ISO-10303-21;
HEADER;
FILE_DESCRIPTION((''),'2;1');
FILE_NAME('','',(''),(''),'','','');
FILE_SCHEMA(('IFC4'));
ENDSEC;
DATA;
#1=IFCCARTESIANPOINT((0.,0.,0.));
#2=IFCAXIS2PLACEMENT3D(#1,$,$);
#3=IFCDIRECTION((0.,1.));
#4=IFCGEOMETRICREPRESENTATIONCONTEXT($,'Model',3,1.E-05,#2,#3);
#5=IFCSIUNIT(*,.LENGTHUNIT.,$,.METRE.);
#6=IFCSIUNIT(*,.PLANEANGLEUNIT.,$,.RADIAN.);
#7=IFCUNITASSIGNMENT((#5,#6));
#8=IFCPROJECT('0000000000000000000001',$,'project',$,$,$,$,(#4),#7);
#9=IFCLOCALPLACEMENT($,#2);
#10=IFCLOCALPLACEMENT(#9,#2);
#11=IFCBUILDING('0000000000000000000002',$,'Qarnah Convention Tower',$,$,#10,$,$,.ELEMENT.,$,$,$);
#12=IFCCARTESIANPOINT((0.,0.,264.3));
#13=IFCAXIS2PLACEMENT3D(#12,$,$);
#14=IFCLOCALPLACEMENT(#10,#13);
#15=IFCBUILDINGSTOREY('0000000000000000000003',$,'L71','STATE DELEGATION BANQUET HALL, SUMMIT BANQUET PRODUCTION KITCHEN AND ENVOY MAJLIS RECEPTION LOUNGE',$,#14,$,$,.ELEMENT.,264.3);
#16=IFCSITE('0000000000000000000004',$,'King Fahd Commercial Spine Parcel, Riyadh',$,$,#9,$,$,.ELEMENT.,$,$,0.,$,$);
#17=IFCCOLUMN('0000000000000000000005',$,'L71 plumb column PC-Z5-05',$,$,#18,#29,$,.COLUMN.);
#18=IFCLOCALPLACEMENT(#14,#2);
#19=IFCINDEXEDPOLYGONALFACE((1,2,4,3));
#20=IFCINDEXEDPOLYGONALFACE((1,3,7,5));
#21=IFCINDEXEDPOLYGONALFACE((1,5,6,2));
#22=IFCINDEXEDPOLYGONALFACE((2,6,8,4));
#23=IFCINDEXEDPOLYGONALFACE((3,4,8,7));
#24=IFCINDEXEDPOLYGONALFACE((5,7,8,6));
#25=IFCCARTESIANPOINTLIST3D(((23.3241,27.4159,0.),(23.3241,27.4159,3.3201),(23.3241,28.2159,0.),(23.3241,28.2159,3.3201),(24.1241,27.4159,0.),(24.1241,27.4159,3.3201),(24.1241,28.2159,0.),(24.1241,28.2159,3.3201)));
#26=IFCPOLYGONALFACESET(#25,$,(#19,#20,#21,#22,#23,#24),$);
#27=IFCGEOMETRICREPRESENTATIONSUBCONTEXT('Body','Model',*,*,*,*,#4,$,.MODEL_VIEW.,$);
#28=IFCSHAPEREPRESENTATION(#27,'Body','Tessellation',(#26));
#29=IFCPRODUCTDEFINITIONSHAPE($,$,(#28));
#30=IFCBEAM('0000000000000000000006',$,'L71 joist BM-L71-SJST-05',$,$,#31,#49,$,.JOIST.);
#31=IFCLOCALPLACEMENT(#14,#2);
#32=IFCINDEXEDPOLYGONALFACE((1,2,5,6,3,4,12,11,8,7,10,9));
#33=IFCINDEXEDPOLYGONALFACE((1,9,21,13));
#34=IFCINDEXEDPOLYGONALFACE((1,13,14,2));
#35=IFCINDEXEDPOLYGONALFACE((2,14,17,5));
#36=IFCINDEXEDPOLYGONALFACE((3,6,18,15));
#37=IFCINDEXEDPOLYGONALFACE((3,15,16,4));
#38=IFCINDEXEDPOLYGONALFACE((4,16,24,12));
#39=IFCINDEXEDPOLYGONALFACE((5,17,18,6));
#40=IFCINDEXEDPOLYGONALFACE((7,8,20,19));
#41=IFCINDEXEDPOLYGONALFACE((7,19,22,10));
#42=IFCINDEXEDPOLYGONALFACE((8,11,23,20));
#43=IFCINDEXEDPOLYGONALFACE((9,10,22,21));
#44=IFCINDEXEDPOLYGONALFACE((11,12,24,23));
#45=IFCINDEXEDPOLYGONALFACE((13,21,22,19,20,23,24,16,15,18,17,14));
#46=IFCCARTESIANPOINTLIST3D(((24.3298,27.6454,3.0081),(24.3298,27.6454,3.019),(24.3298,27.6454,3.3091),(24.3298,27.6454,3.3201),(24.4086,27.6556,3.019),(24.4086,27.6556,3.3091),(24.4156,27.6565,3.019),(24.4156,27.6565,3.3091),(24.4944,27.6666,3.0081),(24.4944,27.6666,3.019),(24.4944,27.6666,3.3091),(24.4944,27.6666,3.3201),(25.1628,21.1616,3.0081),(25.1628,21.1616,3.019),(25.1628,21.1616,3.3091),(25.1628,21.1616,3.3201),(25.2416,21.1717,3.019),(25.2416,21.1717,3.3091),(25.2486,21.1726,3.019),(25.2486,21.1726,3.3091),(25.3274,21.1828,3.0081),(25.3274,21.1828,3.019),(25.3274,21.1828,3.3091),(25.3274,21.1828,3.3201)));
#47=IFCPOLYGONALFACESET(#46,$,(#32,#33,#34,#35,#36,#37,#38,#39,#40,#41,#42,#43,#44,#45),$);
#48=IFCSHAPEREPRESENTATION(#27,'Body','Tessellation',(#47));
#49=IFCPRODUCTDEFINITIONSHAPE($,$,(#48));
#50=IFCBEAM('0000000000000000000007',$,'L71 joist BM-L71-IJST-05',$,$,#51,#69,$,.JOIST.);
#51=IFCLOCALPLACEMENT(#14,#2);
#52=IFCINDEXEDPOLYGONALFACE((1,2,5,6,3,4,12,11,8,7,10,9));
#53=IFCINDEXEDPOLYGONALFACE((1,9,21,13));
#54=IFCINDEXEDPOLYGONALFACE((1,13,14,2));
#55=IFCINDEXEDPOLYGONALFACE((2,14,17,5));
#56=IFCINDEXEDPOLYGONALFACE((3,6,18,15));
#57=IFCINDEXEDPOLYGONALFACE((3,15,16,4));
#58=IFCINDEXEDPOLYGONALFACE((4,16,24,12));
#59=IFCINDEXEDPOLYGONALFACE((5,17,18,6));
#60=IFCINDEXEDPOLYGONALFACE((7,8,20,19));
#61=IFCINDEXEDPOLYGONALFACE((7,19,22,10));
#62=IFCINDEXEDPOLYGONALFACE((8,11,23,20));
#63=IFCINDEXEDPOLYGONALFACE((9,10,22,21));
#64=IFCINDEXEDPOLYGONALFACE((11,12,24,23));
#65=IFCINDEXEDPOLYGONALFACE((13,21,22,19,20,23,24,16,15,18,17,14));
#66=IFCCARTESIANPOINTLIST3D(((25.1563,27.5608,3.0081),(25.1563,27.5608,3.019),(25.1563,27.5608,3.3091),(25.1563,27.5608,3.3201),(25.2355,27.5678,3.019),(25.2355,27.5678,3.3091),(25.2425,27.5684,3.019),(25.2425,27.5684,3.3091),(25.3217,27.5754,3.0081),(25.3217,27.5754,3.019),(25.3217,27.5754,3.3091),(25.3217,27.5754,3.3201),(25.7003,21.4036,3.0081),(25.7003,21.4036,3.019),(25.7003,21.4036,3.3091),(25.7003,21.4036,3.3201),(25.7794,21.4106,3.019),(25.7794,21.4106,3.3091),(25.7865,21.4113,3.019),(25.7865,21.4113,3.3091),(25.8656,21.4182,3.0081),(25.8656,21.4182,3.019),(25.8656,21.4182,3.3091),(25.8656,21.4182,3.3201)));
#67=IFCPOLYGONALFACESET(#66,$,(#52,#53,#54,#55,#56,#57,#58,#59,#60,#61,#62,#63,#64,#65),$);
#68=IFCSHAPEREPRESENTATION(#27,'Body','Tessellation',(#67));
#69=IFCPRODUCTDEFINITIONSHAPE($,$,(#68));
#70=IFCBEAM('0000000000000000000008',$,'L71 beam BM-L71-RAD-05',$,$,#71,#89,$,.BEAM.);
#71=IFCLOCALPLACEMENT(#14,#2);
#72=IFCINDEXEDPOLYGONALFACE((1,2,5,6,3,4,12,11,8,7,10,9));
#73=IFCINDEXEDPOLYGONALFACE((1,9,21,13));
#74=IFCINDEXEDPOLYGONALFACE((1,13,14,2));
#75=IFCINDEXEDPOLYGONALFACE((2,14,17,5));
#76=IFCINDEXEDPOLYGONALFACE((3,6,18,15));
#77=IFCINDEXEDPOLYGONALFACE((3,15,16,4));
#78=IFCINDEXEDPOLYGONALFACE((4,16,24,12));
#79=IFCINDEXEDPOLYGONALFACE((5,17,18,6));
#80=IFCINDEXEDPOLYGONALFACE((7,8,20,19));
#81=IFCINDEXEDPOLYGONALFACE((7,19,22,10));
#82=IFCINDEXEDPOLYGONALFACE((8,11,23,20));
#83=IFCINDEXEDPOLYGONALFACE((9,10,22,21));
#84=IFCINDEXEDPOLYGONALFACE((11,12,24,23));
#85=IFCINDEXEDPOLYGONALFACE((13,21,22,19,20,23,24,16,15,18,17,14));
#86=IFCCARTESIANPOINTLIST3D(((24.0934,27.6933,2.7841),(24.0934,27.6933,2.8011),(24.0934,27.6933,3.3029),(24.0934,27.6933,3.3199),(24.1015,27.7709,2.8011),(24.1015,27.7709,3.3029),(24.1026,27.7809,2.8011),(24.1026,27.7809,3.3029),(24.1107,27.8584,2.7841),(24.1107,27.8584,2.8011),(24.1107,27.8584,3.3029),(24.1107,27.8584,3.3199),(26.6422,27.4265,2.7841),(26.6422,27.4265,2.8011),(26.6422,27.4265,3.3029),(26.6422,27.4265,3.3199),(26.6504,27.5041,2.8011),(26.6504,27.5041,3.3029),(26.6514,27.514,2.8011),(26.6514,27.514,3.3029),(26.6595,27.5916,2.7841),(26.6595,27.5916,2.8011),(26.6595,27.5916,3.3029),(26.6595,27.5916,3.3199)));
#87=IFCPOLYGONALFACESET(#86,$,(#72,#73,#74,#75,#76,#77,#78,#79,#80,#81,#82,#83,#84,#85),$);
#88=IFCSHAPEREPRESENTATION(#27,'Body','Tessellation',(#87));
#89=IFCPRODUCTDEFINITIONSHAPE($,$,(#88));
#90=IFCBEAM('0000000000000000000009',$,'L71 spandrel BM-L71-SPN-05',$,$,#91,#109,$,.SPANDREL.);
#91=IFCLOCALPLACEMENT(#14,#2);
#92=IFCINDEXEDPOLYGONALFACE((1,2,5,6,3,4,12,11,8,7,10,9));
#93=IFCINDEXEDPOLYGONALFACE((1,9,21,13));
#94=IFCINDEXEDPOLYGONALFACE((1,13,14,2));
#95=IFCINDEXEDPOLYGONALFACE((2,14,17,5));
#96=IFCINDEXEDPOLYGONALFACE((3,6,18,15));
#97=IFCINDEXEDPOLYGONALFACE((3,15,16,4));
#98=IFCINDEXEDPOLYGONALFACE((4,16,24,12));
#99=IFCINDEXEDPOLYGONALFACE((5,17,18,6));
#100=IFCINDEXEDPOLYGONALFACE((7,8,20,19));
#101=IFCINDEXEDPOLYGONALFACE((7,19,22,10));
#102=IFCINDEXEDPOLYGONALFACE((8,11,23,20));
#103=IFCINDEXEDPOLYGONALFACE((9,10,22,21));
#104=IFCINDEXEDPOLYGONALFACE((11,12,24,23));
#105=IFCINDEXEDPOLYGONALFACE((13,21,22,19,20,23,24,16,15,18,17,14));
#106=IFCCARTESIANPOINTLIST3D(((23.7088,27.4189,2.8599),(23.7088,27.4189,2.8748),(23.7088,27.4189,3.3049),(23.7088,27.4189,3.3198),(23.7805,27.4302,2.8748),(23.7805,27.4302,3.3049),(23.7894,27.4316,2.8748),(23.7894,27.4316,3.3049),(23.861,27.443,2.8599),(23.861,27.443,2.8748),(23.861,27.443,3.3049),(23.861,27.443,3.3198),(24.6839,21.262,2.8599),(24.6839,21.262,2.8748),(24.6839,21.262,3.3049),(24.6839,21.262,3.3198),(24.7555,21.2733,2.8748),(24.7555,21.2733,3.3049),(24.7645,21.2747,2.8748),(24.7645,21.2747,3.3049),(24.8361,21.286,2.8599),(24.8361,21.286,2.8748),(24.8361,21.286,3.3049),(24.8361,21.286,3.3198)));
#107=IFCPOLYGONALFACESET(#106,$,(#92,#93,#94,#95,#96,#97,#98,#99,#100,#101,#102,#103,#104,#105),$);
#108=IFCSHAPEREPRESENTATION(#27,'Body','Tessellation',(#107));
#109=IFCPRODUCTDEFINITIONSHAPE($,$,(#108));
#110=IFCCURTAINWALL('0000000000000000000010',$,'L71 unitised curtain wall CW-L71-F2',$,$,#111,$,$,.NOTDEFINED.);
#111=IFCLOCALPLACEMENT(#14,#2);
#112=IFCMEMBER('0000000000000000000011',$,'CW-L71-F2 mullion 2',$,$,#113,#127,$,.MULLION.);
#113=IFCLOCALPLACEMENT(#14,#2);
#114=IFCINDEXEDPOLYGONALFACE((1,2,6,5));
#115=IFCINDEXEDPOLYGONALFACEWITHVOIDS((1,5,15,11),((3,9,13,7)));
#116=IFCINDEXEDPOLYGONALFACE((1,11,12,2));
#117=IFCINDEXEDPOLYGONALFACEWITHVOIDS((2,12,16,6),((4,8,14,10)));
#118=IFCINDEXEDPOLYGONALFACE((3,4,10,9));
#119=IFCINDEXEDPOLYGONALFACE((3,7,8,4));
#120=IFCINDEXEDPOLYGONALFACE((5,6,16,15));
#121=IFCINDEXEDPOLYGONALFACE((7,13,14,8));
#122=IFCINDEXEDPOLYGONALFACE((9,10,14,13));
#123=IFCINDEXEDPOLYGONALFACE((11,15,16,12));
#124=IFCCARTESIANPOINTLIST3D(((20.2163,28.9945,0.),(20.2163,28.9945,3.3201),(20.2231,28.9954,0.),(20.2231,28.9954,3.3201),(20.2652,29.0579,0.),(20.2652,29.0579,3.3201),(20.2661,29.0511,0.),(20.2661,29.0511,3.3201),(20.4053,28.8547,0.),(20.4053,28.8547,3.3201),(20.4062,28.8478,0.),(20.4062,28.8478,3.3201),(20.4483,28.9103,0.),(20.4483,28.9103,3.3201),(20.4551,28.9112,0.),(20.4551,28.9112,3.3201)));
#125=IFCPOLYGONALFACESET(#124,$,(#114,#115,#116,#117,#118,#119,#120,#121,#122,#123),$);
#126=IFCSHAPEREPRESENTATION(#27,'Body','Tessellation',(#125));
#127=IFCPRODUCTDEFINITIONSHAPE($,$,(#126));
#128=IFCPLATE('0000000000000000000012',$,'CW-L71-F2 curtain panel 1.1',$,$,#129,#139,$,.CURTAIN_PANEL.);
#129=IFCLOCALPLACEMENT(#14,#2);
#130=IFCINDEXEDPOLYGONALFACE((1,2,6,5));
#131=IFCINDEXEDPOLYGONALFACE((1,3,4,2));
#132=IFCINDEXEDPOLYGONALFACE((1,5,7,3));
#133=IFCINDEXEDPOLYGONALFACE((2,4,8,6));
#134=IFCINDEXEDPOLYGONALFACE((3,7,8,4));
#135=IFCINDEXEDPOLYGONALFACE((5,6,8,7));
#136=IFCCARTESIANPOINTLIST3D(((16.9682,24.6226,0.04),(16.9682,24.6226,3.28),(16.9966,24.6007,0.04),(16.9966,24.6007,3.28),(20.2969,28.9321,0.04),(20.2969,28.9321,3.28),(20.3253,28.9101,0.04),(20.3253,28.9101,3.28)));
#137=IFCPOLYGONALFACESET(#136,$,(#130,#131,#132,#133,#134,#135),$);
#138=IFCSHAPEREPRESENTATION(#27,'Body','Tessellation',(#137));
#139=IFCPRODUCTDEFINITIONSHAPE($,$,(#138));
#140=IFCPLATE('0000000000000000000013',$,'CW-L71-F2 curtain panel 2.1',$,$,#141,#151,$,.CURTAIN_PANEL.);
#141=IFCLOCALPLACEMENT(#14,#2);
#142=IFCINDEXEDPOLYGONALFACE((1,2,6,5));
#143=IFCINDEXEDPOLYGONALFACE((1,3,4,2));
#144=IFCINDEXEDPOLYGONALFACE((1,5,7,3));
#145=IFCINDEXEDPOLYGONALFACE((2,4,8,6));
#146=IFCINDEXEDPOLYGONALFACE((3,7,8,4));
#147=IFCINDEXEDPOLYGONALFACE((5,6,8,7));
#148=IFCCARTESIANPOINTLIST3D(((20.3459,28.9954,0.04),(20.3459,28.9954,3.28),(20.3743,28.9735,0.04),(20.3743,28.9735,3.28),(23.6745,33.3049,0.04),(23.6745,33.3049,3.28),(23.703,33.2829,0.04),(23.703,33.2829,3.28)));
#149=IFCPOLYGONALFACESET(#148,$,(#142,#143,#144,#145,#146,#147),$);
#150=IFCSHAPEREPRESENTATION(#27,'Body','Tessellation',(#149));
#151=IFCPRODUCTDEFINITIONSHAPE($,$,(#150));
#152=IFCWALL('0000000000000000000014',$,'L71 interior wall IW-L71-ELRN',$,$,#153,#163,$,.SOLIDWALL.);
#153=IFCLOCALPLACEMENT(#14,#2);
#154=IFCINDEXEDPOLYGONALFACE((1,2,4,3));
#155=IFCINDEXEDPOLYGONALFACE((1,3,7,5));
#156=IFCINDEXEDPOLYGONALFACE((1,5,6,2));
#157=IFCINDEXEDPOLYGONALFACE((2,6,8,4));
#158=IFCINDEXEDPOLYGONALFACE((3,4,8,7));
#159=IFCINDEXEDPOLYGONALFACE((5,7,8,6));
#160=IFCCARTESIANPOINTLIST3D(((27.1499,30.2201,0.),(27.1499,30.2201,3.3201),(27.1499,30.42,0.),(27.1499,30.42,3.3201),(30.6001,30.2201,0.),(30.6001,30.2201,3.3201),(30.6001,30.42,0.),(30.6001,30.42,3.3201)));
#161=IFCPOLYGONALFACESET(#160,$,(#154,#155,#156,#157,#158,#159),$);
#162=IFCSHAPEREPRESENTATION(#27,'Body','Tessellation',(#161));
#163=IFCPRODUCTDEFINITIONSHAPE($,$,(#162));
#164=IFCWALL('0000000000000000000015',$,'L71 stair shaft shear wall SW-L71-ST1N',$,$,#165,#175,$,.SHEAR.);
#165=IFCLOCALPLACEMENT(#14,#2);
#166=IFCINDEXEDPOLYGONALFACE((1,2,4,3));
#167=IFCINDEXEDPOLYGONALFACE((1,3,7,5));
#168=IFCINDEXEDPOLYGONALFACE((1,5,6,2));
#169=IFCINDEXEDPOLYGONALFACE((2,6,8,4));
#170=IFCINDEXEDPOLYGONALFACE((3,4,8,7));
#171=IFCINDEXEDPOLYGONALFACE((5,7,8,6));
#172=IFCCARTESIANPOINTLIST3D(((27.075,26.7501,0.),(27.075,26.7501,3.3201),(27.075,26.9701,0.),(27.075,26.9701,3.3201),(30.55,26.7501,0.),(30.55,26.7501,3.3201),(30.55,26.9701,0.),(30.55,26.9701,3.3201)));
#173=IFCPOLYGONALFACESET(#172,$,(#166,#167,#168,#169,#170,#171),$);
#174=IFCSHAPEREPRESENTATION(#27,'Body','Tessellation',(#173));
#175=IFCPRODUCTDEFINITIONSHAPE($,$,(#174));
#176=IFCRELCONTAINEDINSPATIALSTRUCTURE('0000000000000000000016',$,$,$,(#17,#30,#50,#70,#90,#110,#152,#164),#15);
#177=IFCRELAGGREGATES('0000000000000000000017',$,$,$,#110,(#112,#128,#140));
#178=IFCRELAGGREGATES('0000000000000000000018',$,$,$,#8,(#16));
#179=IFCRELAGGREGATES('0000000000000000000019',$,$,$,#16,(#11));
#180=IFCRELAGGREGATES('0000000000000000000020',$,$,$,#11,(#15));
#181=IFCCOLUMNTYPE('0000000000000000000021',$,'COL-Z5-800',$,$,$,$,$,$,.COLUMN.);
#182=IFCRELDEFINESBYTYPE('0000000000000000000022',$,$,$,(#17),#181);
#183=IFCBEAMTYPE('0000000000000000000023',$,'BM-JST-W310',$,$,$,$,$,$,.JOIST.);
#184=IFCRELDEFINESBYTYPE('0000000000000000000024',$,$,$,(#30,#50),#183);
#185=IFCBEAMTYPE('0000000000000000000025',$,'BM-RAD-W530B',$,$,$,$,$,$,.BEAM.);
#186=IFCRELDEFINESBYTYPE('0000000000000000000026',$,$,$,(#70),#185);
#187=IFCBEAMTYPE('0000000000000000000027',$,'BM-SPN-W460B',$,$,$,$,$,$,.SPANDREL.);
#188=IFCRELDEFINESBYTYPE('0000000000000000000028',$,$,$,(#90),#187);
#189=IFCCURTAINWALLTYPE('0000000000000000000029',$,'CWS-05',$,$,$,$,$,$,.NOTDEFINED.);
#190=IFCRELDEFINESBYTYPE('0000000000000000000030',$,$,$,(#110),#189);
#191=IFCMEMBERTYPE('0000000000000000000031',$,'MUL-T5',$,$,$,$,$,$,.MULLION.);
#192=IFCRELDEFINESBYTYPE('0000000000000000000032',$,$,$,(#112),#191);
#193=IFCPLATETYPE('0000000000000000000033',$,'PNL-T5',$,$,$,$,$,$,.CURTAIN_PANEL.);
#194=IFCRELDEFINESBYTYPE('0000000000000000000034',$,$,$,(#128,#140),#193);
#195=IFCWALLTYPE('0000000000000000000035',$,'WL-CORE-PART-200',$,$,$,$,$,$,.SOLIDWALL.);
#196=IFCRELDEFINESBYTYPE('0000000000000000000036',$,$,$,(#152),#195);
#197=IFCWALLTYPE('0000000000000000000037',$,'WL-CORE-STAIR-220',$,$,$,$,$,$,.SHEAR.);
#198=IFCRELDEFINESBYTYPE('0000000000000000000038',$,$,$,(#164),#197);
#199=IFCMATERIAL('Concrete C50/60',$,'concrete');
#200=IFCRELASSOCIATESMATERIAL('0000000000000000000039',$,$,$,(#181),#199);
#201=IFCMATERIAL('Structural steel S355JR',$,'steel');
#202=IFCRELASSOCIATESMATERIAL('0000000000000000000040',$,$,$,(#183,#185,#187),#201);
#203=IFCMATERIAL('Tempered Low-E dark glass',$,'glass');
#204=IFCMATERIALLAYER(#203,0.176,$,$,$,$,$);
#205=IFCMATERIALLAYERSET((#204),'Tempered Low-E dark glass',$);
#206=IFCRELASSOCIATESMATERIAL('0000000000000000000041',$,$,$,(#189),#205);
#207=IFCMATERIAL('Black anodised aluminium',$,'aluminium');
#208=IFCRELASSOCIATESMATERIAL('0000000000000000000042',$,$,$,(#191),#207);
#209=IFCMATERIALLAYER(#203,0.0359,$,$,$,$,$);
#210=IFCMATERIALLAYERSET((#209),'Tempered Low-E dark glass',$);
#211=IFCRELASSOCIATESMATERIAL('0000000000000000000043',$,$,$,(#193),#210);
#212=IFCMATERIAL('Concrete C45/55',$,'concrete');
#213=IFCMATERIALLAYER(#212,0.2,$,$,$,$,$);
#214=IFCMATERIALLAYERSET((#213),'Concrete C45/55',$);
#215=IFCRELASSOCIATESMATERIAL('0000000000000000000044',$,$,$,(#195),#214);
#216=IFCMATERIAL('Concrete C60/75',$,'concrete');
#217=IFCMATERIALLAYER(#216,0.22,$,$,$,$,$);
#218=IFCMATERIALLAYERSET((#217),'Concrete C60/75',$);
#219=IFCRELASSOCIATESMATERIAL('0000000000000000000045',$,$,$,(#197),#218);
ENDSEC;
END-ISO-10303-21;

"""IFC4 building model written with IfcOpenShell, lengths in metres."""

from ifc_helpers import new_model, si_unit, direction, frame, frame_2d, origin, origin_2d, place, context, subcontext, project, spatial, rectangle, hollow_rectangle, i_section, extrude, material, layer, layer_set, material_profile, profile_set, type_object, element, aggregate, save


model = new_model("IFC4")

# Units and contexts
model_context = context("Model", 3, precision=1e-05, world=origin(), true_north=direction((0.0, 1.0)))
body_context = subcontext(model_context, "Body", "Model", "MODEL_VIEW")
ifc_project = project(units=[si_unit("LENGTHUNIT", "METRE"), si_unit("PLANEANGLEUNIT", "RADIAN")], contexts=[model_context])

# Site, building, storey
site_placement = place(None, origin())
site = spatial("IfcSite", under=ifc_project, at=site_placement, Name="King Fahd Commercial Spine Parcel, Riyadh", CompositionType="ELEMENT", RefElevation=0.0)
building_placement = place(site_placement, origin())
building = spatial("IfcBuilding", under=site, at=building_placement, Name="Qarnah Convention Tower", CompositionType="ELEMENT")
storey_placement = place(building_placement, frame((0.0, 0.0, 264.3)))
storey = spatial("IfcBuildingStorey", under=building, at=storey_placement, Name="L71", Description="STATE DELEGATION BANQUET HALL, SUMMIT BANQUET PRODUCTION KITCHEN AND ENVOY MAJLIS RECEPTION LOUNGE", CompositionType="ELEMENT", Elevation=264.3)

# Column
ifc_material_1 = material(Name="Concrete C50/60", Category="concrete")
ifc_material_profile_1 = material_profile(ifc_material_1, rectangle(XDim=0.8, YDim=0.8, at=origin_2d()), Name="RC-COL-800X800")
ifc_profile_set_1 = profile_set([ifc_material_profile_1], Name="Concrete C50/60")
column_type = type_object("IfcColumnType", Name="COL-Z5-800", PredefinedType="COLUMN", material=ifc_profile_set_1)
column_placement = place(storey_placement, frame((23.7241, 27.8159, 0.0), z_axis=(0.0, 0.0, 1.0), x_axis=(1.0, 0.0, 0.0)))
element("IfcColumn", 1, at=column_placement, inside=storey, type_object=column_type, Name="L71 plumb column PC-Z5-05", PredefinedType="COLUMN", context=body_context, shape_type="SweptSolid", body=[
    extrude(rectangle(XDim=0.8, YDim=0.8, at=origin_2d()), origin(), (0.0, 0.0, 1.0), 3.3201),
])

# Beams
ifc_material_2 = material(Name="Structural steel S355JR", Category="steel")
ifc_material_profile_2 = material_profile(ifc_material_2, i_section(OverallWidth=0.166, OverallDepth=0.312, WebThickness=0.0071, FlangeThickness=0.011, at=origin_2d()), Name="W310X45")
ifc_profile_set_2 = profile_set([ifc_material_profile_2], Name="Structural steel S355JR")
beam_type_1 = type_object("IfcBeamType", Name="BM-JST-W310", PredefinedType="JOIST", material=ifc_profile_set_2)
beam_1_placement = place(storey_placement, frame((24.4121, 27.656, 3.1641), z_axis=(0.127426, -0.991848, 0.0), x_axis=(0.991848, 0.127426, 0.0)))
element("IfcBeam", 2, at=beam_1_placement, inside=storey, type_object=beam_type_1, Name="L71 joist BM-L71-SJST-05", PredefinedType="JOIST", context=body_context, shape_type="SweptSolid", body=[
    extrude(i_section(OverallWidth=0.166, OverallDepth=0.312, WebThickness=0.0071, FlangeThickness=0.011, at=origin_2d()), origin(), (0.0, 0.0, 1.0), 6.5371),
])
beam_2_placement = place(storey_placement, frame((25.239, 27.5681, 3.1641), z_axis=(0.088, -0.99612, 0.0), x_axis=(0.99612, 0.088, 0.0)))
element("IfcBeam", 3, at=beam_2_placement, inside=storey, type_object=beam_type_1, Name="L71 joist BM-L71-IJST-05", PredefinedType="JOIST", context=body_context, shape_type="SweptSolid", body=[
    extrude(i_section(OverallWidth=0.166, OverallDepth=0.312, WebThickness=0.0071, FlangeThickness=0.011, at=origin_2d()), origin(), (0.0, 0.0, 1.0), 6.1812),
])
ifc_material_profile_3 = material_profile(ifc_material_2, i_section(OverallWidth=0.166, OverallDepth=0.5359, WebThickness=0.01, FlangeThickness=0.0171, at=origin_2d()), Name="W530X85")
ifc_profile_set_3 = profile_set([ifc_material_profile_3], Name="Structural steel S355JR")
beam_type_2 = type_object("IfcBeamType", Name="BM-RAD-W530B", PredefinedType="BEAM", material=ifc_profile_set_3)
beam_3_placement = place(storey_placement, frame((26.6509, 27.509, 3.052), z_axis=(-0.994564, 0.104124, 0.0), x_axis=(-0.104124, -0.994564, 0.0)))
element("IfcBeam", 4, at=beam_3_placement, inside=storey, type_object=beam_type_2, Name="L71 beam BM-L71-RAD-05", PredefinedType="BEAM", context=body_context, shape_type="SweptSolid", body=[
    extrude(i_section(OverallWidth=0.166, OverallDepth=0.5359, WebThickness=0.01, FlangeThickness=0.0171, at=origin_2d()), origin(), (0.0, 0.0, 1.0), 2.5627),
])
ifc_material_profile_4 = material_profile(ifc_material_2, i_section(OverallWidth=0.1541, OverallDepth=0.46, WebThickness=0.009, FlangeThickness=0.0149, at=origin_2d()), Name="W460X68")
ifc_profile_set_4 = profile_set([ifc_material_profile_4], Name="Structural steel S355JR")
beam_type_3 = type_object("IfcBeamType", Name="BM-SPN-W460B", PredefinedType="SPANDREL", material=ifc_profile_set_4)
beam_4_placement = place(storey_placement, frame((23.7849, 27.4309, 3.0898), z_axis=(0.156423, -0.98769, 0.0), x_axis=(0.98769, 0.156423, 0.0)))
element("IfcBeam", 5, at=beam_4_placement, inside=storey, type_object=beam_type_3, Name="L71 spandrel BM-L71-SPN-05", PredefinedType="SPANDREL", context=body_context, shape_type="SweptSolid", body=[
    extrude(i_section(OverallWidth=0.1541, OverallDepth=0.46, WebThickness=0.009, FlangeThickness=0.0149, at=origin_2d()), origin(), (0.0, 0.0, 1.0), 6.2336),
])

# Curtain wall, member, plates
ifc_material_3 = material(Name="Tempered Low-E dark glass", Category="glass")
ifc_layer_1 = layer(ifc_material_3, 0.176)
ifc_layer_set_1 = layer_set([ifc_layer_1], Name="Tempered Low-E dark glass")
curtain_wall_type = type_object("IfcCurtainWallType", Name="CWS-05", PredefinedType="NOTDEFINED", material=ifc_layer_set_1)
curtain_wall_placement = place(storey_placement, origin())
curtain_wall = element("IfcCurtainWall", 6, at=curtain_wall_placement, inside=storey, type_object=curtain_wall_type, Name="L71 unitised curtain wall CW-L71-F2", PredefinedType="NOTDEFINED")
ifc_material_4 = material(Name="Black anodised aluminium", Category="aluminium")
ifc_material_profile_5 = material_profile(ifc_material_4, hollow_rectangle(XDim=0.0801, YDim=0.24, WallThickness=0.0049, at=origin_2d()), Name="MUL-80X240")
ifc_profile_set_5 = profile_set([ifc_material_profile_5], Name="Black anodised aluminium")
member_type = type_object("IfcMemberType", Name="MUL-T5", PredefinedType="MULLION", material=ifc_profile_set_5)
member_placement = place(storey_placement, frame((20.3357, 28.9529, 0.0), z_axis=(0.0, 0.0, 1.0), x_axis=(0.611291, 0.791406, 0.0)))
member = element("IfcMember", 7, at=member_placement, type_object=member_type, Name="CW-L71-F2 mullion 2", PredefinedType="MULLION", context=body_context, shape_type="SweptSolid", body=[
    extrude(hollow_rectangle(XDim=0.0801, YDim=0.24, WallThickness=0.0049, at=origin_2d()), origin(), (0.0, 0.0, 1.0), 3.3201),
])
ifc_layer_2 = layer(ifc_material_3, 0.0359)
ifc_layer_set_2 = layer_set([ifc_layer_2], Name="Tempered Low-E dark glass")
plate_type = type_object("IfcPlateType", Name="PNL-T5", PredefinedType="CURTAIN_PANEL", material=ifc_layer_set_2)
plate_1_placement = place(storey_placement, frame((18.6467, 26.7664, 0.04), z_axis=(0.0, 0.0, 1.0), x_axis=(0.611291, 0.791406, 0.0)))
plate_1 = element("IfcPlate", 8, at=plate_1_placement, type_object=plate_type, Name="CW-L71-F2 curtain panel 1.1", PredefinedType="CURTAIN_PANEL", context=body_context, shape_type="SweptSolid", body=[
    extrude(rectangle(XDim=5.4453, YDim=0.0359, at=origin_2d()), origin(), (0.0, 0.0, 1.0), 3.24),
])
plate_2_placement = place(storey_placement, frame((22.0244, 31.1392, 0.04), z_axis=(0.0, 0.0, 1.0), x_axis=(0.611291, 0.791406, 0.0)))
plate_2 = element("IfcPlate", 9, at=plate_2_placement, type_object=plate_type, Name="CW-L71-F2 curtain panel 2.1", PredefinedType="CURTAIN_PANEL", context=body_context, shape_type="SweptSolid", body=[
    extrude(rectangle(XDim=5.4453, YDim=0.0359, at=origin_2d()), origin(), (0.0, 0.0, 1.0), 3.24),
])
aggregate(curtain_wall, [member, plate_1, plate_2])

# Walls
ifc_material_5 = material(Name="Concrete C45/55", Category="concrete")
ifc_layer_3 = layer(ifc_material_5, 0.2)
ifc_layer_set_3 = layer_set([ifc_layer_3], Name="Concrete C45/55")
wall_type_1 = type_object("IfcWallType", Name="WL-CORE-PART-200", PredefinedType="SOLIDWALL", material=ifc_layer_set_3)
wall_1_placement = place(storey_placement, frame((27.1499, 30.3201, 0.0), z_axis=(0.0, 0.0, 1.0), x_axis=(1.0, 0.0, 0.0)))
element("IfcWall", 10, at=wall_1_placement, inside=storey, type_object=wall_type_1, Name="L71 interior wall IW-L71-ELRN", PredefinedType="SOLIDWALL", context=body_context, shape_type="SweptSolid", body=[
    extrude(rectangle(XDim=3.4502, YDim=0.2, at=frame_2d((1.7251, 0.0))), origin(), (0.0, 0.0, 1.0), 3.3201),
])
ifc_material_6 = material(Name="Concrete C60/75", Category="concrete")
ifc_layer_4 = layer(ifc_material_6, 0.22)
ifc_layer_set_4 = layer_set([ifc_layer_4], Name="Concrete C60/75")
wall_type_2 = type_object("IfcWallType", Name="WL-CORE-STAIR-220", PredefinedType="SHEAR", material=ifc_layer_set_4)
wall_2_placement = place(storey_placement, frame((27.075, 26.8601, 0.0), z_axis=(0.0, 0.0, 1.0), x_axis=(1.0, 0.0, 0.0)))
element("IfcWall", 11, at=wall_2_placement, inside=storey, type_object=wall_type_2, Name="L71 stair shaft shear wall SW-L71-ST1N", PredefinedType="SHEAR", context=body_context, shape_type="SweptSolid", body=[
    extrude(rectangle(XDim=3.4751, YDim=0.22, at=frame_2d((1.7375, 0.0))), origin(), (0.0, 0.0, 1.0), 3.3201),
])

save(model, "model.ifc")
